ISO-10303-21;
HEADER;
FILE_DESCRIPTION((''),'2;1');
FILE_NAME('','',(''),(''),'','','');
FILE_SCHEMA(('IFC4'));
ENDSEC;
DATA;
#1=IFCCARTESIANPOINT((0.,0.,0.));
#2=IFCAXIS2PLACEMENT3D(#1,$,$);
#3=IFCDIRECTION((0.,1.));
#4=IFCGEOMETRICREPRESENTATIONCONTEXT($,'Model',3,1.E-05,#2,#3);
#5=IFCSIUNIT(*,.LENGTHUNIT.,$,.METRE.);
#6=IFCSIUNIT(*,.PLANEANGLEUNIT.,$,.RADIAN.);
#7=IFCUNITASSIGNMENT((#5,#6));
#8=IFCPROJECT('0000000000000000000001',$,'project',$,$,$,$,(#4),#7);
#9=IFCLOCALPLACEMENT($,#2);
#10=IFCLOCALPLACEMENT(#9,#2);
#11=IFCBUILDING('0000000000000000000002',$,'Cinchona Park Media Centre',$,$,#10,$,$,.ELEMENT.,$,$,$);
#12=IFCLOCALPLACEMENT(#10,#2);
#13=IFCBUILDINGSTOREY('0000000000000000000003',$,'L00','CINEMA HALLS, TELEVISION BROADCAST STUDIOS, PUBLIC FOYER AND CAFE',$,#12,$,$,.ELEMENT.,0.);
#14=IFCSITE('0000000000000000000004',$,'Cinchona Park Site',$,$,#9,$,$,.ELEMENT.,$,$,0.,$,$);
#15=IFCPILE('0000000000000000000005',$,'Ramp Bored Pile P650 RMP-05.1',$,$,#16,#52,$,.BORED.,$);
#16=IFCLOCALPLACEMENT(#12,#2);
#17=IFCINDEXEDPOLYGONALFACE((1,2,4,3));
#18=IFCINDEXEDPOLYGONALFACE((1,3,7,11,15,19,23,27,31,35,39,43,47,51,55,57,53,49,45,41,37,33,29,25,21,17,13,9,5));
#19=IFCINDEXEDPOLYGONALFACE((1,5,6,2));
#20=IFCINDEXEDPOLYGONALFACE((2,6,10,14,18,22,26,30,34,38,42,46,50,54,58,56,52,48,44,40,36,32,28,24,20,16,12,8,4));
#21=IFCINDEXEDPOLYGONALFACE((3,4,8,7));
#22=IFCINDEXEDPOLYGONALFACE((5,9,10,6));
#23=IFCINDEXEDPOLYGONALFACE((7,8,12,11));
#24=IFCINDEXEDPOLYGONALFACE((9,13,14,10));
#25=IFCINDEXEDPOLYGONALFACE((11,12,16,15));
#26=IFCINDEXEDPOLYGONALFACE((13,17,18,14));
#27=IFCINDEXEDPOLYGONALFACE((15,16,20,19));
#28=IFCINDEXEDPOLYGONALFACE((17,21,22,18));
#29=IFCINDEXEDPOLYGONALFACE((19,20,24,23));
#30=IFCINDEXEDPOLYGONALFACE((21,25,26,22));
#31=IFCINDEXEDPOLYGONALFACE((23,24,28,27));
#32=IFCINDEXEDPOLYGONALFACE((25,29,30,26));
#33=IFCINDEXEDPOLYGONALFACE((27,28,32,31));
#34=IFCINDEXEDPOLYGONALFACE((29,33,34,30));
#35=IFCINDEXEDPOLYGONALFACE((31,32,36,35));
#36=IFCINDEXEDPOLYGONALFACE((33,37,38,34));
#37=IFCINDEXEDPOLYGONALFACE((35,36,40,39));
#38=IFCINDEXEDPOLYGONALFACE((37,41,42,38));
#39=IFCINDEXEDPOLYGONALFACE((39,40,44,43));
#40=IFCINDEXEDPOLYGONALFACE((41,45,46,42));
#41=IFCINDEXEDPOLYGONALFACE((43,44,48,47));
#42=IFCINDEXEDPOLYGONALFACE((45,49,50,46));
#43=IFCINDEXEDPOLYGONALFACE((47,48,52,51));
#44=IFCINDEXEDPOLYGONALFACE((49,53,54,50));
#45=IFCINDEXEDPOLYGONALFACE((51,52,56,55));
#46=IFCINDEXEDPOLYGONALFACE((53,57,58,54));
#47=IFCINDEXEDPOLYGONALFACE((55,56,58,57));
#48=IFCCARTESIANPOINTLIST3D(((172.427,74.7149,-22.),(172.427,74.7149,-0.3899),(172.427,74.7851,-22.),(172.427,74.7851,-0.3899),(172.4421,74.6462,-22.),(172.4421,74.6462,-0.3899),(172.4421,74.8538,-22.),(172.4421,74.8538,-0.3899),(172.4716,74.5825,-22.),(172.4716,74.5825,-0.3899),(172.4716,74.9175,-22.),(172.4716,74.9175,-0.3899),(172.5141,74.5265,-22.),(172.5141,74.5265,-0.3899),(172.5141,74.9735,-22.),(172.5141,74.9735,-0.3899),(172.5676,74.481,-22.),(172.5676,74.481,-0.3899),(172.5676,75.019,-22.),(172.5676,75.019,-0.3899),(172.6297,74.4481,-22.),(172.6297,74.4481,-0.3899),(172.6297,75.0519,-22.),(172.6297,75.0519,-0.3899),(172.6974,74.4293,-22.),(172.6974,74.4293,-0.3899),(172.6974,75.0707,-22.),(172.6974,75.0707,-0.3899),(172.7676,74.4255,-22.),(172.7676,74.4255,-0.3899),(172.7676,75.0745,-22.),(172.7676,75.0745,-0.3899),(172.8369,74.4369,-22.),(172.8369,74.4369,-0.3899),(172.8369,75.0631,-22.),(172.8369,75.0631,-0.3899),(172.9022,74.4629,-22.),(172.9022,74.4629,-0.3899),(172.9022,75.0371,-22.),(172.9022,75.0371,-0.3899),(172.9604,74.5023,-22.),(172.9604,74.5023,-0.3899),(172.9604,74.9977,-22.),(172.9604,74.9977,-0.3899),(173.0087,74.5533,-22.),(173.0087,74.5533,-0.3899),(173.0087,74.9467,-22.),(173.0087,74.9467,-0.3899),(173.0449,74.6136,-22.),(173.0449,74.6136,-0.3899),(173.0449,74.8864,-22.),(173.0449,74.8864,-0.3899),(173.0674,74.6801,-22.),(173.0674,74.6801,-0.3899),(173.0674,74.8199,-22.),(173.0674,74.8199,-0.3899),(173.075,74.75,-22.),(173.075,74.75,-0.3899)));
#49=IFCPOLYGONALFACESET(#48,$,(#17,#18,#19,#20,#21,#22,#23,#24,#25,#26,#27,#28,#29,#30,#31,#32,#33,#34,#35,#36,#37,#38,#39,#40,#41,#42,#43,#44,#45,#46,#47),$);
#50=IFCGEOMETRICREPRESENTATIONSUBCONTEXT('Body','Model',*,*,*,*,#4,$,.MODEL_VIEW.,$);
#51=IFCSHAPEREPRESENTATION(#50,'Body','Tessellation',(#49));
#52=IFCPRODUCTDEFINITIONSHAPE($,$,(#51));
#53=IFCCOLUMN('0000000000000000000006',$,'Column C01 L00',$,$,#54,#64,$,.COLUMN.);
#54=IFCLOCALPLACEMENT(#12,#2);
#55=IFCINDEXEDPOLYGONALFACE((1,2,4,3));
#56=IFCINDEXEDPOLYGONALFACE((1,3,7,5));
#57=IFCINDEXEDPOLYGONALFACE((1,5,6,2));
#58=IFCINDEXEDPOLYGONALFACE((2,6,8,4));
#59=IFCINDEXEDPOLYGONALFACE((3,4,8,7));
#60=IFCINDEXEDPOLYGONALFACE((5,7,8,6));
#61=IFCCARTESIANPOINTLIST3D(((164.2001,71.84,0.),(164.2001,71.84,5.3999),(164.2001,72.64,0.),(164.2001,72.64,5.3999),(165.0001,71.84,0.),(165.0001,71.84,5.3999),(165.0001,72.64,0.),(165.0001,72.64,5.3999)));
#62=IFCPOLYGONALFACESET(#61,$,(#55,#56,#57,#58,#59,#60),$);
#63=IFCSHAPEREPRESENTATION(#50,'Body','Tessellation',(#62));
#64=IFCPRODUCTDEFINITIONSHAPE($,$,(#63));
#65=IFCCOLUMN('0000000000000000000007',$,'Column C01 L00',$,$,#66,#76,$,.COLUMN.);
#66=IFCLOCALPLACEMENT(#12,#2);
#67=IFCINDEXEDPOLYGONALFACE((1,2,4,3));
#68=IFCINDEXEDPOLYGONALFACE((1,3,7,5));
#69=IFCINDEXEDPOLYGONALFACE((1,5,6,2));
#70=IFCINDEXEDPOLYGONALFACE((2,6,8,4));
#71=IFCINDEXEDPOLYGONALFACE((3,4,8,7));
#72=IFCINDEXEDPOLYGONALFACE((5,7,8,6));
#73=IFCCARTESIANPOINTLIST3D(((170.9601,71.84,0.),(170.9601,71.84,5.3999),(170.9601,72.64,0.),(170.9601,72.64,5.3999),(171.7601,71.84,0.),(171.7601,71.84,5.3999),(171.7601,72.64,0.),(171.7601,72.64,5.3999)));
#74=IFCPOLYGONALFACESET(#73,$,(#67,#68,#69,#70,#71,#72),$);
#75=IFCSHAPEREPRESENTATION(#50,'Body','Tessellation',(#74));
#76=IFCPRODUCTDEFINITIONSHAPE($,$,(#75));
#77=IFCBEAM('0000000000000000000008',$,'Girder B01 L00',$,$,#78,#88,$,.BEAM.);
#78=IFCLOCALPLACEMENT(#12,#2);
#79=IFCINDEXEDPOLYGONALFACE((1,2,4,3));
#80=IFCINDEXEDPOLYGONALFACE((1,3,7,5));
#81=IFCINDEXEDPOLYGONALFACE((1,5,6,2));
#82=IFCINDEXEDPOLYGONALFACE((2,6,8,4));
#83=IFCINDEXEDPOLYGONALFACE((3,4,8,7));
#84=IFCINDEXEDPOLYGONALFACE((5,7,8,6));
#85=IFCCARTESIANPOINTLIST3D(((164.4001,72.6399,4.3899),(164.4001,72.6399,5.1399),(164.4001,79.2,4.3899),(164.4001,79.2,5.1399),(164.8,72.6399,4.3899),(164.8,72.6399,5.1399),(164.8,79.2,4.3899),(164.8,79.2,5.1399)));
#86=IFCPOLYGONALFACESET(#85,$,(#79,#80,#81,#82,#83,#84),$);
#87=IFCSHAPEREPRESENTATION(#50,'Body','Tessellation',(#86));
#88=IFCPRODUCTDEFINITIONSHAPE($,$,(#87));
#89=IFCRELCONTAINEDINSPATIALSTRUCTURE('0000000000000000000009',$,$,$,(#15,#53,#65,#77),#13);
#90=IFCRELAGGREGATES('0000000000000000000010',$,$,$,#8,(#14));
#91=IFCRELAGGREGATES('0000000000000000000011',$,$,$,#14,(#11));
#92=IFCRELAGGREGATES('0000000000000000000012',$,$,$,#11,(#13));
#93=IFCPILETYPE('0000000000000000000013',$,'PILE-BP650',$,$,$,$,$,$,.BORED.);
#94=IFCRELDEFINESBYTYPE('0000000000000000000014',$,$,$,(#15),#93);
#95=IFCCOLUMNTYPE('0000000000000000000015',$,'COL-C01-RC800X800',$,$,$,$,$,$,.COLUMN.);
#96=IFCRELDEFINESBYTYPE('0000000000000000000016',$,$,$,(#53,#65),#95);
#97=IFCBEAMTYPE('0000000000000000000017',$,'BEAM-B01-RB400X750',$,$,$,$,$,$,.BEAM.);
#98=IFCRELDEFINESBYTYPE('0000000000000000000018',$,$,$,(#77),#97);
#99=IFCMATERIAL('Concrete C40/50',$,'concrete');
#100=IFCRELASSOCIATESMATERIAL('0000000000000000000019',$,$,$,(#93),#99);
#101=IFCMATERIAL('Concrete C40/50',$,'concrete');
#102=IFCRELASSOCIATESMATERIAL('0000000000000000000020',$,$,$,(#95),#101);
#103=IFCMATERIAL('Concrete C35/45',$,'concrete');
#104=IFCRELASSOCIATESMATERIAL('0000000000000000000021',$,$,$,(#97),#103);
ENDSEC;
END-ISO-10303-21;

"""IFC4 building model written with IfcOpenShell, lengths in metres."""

from ifc_helpers import new_model, si_unit, direction, frame, origin, origin_2d, place, context, subcontext, project, spatial, rectangle, circle, extrude, material, material_profile, profile_set, type_object, element, save


model = new_model("IFC4")

# Units and contexts
model_context = context("Model", 3, precision=1e-05, world=origin(), true_north=direction((0.0, 1.0)))
body_context = subcontext(model_context, "Body", "Model", "MODEL_VIEW")
ifc_project = project(units=[si_unit("LENGTHUNIT", "METRE"), si_unit("PLANEANGLEUNIT", "RADIAN")], contexts=[model_context])

# Site, building, storey
site_placement = place(None, origin())
site = spatial("IfcSite", under=ifc_project, at=site_placement, Name="Cinchona Park Site", CompositionType="ELEMENT", RefElevation=0.0)
building_placement = place(site_placement, origin())
building = spatial("IfcBuilding", under=site, at=building_placement, Name="Cinchona Park Media Centre", CompositionType="ELEMENT")
storey_placement = place(building_placement, origin())
storey = spatial("IfcBuildingStorey", under=building, at=storey_placement, Name="L00", Description="CINEMA HALLS, TELEVISION BROADCAST STUDIOS, PUBLIC FOYER AND CAFE", CompositionType="ELEMENT", Elevation=0.0)

# Pile
ifc_material_1 = material(Name="Concrete C40/50", Category="concrete")
ifc_material_profile_1 = material_profile(ifc_material_1, circle(Radius=0.325, at=origin_2d()), Name="BORED PILE 650")
ifc_profile_set_1 = profile_set([ifc_material_profile_1], Name="Concrete C40/50")
pile_type = type_object("IfcPileType", Name="PILE-BP650", PredefinedType="BORED", material=ifc_profile_set_1)
pile_placement = place(storey_placement, frame((172.75, 74.75, -0.3899), z_axis=(0.0, 0.0, -1.0), x_axis=(1.0, 0.0, 0.0)))
element("IfcPile", 1, at=pile_placement, inside=storey, type_object=pile_type, Name="Ramp Bored Pile P650 RMP-05.1", PredefinedType="BORED", context=body_context, shape_type="SweptSolid", body=[
    extrude(circle(Radius=0.325, at=origin_2d()), origin(), (0.0, 0.0, 1.0), 21.6101),
])

# Columns
ifc_material_2 = material(Name="Concrete C40/50", Category="concrete")
ifc_material_profile_2 = material_profile(ifc_material_2, rectangle(XDim=0.8, YDim=0.8, at=origin_2d()), Name="RC 800X800")
ifc_profile_set_2 = profile_set([ifc_material_profile_2], Name="Concrete C40/50")
column_type = type_object("IfcColumnType", Name="COL-C01-RC800X800", PredefinedType="COLUMN", material=ifc_profile_set_2)
for number, where, z_axis, x_axis, name in (
    (2, (164.6001, 72.24, 0.0), (0.0, 0.0, 1.0), (1.0, 0.0, 0.0), "Column C01 L00"),
    (3, (171.3601, 72.24, 0.0), (0.0, 0.0, 1.0), (1.0, 0.0, 0.0), "Column C01 L00"),
):
    element("IfcColumn", number, at=place(storey_placement, frame(where, z_axis=z_axis, x_axis=x_axis)), inside=storey, type_object=column_type, Name=name, PredefinedType="COLUMN", context=body_context, shape_type="SweptSolid", body=[
        extrude(rectangle(XDim=0.8, YDim=0.8, at=origin_2d()), origin(), (0.0, 0.0, 1.0), 5.3999),
    ])

# Beam
ifc_material_3 = material(Name="Concrete C35/45", Category="concrete")
ifc_material_profile_3 = material_profile(ifc_material_3, rectangle(XDim=0.3999, YDim=0.75, at=origin_2d()), Name="RB 400X750")
ifc_profile_set_3 = profile_set([ifc_material_profile_3], Name="Concrete C35/45")
beam_type = type_object("IfcBeamType", Name="BEAM-B01-RB400X750", PredefinedType="BEAM", material=ifc_profile_set_3)
beam_placement = place(storey_placement, frame((164.6001, 72.6399, 4.7649), z_axis=(0.0, 1.0, 0.0), x_axis=(-1.0, 0.0, 0.0)))
element("IfcBeam", 4, at=beam_placement, inside=storey, type_object=beam_type, Name="Girder B01 L00", PredefinedType="BEAM", context=body_context, shape_type="SweptSolid", body=[
    extrude(rectangle(XDim=0.3999, YDim=0.75, at=origin_2d()), origin(), (0.0, 0.0, 1.0), 6.5601),
])

save(model, "model.ifc")
